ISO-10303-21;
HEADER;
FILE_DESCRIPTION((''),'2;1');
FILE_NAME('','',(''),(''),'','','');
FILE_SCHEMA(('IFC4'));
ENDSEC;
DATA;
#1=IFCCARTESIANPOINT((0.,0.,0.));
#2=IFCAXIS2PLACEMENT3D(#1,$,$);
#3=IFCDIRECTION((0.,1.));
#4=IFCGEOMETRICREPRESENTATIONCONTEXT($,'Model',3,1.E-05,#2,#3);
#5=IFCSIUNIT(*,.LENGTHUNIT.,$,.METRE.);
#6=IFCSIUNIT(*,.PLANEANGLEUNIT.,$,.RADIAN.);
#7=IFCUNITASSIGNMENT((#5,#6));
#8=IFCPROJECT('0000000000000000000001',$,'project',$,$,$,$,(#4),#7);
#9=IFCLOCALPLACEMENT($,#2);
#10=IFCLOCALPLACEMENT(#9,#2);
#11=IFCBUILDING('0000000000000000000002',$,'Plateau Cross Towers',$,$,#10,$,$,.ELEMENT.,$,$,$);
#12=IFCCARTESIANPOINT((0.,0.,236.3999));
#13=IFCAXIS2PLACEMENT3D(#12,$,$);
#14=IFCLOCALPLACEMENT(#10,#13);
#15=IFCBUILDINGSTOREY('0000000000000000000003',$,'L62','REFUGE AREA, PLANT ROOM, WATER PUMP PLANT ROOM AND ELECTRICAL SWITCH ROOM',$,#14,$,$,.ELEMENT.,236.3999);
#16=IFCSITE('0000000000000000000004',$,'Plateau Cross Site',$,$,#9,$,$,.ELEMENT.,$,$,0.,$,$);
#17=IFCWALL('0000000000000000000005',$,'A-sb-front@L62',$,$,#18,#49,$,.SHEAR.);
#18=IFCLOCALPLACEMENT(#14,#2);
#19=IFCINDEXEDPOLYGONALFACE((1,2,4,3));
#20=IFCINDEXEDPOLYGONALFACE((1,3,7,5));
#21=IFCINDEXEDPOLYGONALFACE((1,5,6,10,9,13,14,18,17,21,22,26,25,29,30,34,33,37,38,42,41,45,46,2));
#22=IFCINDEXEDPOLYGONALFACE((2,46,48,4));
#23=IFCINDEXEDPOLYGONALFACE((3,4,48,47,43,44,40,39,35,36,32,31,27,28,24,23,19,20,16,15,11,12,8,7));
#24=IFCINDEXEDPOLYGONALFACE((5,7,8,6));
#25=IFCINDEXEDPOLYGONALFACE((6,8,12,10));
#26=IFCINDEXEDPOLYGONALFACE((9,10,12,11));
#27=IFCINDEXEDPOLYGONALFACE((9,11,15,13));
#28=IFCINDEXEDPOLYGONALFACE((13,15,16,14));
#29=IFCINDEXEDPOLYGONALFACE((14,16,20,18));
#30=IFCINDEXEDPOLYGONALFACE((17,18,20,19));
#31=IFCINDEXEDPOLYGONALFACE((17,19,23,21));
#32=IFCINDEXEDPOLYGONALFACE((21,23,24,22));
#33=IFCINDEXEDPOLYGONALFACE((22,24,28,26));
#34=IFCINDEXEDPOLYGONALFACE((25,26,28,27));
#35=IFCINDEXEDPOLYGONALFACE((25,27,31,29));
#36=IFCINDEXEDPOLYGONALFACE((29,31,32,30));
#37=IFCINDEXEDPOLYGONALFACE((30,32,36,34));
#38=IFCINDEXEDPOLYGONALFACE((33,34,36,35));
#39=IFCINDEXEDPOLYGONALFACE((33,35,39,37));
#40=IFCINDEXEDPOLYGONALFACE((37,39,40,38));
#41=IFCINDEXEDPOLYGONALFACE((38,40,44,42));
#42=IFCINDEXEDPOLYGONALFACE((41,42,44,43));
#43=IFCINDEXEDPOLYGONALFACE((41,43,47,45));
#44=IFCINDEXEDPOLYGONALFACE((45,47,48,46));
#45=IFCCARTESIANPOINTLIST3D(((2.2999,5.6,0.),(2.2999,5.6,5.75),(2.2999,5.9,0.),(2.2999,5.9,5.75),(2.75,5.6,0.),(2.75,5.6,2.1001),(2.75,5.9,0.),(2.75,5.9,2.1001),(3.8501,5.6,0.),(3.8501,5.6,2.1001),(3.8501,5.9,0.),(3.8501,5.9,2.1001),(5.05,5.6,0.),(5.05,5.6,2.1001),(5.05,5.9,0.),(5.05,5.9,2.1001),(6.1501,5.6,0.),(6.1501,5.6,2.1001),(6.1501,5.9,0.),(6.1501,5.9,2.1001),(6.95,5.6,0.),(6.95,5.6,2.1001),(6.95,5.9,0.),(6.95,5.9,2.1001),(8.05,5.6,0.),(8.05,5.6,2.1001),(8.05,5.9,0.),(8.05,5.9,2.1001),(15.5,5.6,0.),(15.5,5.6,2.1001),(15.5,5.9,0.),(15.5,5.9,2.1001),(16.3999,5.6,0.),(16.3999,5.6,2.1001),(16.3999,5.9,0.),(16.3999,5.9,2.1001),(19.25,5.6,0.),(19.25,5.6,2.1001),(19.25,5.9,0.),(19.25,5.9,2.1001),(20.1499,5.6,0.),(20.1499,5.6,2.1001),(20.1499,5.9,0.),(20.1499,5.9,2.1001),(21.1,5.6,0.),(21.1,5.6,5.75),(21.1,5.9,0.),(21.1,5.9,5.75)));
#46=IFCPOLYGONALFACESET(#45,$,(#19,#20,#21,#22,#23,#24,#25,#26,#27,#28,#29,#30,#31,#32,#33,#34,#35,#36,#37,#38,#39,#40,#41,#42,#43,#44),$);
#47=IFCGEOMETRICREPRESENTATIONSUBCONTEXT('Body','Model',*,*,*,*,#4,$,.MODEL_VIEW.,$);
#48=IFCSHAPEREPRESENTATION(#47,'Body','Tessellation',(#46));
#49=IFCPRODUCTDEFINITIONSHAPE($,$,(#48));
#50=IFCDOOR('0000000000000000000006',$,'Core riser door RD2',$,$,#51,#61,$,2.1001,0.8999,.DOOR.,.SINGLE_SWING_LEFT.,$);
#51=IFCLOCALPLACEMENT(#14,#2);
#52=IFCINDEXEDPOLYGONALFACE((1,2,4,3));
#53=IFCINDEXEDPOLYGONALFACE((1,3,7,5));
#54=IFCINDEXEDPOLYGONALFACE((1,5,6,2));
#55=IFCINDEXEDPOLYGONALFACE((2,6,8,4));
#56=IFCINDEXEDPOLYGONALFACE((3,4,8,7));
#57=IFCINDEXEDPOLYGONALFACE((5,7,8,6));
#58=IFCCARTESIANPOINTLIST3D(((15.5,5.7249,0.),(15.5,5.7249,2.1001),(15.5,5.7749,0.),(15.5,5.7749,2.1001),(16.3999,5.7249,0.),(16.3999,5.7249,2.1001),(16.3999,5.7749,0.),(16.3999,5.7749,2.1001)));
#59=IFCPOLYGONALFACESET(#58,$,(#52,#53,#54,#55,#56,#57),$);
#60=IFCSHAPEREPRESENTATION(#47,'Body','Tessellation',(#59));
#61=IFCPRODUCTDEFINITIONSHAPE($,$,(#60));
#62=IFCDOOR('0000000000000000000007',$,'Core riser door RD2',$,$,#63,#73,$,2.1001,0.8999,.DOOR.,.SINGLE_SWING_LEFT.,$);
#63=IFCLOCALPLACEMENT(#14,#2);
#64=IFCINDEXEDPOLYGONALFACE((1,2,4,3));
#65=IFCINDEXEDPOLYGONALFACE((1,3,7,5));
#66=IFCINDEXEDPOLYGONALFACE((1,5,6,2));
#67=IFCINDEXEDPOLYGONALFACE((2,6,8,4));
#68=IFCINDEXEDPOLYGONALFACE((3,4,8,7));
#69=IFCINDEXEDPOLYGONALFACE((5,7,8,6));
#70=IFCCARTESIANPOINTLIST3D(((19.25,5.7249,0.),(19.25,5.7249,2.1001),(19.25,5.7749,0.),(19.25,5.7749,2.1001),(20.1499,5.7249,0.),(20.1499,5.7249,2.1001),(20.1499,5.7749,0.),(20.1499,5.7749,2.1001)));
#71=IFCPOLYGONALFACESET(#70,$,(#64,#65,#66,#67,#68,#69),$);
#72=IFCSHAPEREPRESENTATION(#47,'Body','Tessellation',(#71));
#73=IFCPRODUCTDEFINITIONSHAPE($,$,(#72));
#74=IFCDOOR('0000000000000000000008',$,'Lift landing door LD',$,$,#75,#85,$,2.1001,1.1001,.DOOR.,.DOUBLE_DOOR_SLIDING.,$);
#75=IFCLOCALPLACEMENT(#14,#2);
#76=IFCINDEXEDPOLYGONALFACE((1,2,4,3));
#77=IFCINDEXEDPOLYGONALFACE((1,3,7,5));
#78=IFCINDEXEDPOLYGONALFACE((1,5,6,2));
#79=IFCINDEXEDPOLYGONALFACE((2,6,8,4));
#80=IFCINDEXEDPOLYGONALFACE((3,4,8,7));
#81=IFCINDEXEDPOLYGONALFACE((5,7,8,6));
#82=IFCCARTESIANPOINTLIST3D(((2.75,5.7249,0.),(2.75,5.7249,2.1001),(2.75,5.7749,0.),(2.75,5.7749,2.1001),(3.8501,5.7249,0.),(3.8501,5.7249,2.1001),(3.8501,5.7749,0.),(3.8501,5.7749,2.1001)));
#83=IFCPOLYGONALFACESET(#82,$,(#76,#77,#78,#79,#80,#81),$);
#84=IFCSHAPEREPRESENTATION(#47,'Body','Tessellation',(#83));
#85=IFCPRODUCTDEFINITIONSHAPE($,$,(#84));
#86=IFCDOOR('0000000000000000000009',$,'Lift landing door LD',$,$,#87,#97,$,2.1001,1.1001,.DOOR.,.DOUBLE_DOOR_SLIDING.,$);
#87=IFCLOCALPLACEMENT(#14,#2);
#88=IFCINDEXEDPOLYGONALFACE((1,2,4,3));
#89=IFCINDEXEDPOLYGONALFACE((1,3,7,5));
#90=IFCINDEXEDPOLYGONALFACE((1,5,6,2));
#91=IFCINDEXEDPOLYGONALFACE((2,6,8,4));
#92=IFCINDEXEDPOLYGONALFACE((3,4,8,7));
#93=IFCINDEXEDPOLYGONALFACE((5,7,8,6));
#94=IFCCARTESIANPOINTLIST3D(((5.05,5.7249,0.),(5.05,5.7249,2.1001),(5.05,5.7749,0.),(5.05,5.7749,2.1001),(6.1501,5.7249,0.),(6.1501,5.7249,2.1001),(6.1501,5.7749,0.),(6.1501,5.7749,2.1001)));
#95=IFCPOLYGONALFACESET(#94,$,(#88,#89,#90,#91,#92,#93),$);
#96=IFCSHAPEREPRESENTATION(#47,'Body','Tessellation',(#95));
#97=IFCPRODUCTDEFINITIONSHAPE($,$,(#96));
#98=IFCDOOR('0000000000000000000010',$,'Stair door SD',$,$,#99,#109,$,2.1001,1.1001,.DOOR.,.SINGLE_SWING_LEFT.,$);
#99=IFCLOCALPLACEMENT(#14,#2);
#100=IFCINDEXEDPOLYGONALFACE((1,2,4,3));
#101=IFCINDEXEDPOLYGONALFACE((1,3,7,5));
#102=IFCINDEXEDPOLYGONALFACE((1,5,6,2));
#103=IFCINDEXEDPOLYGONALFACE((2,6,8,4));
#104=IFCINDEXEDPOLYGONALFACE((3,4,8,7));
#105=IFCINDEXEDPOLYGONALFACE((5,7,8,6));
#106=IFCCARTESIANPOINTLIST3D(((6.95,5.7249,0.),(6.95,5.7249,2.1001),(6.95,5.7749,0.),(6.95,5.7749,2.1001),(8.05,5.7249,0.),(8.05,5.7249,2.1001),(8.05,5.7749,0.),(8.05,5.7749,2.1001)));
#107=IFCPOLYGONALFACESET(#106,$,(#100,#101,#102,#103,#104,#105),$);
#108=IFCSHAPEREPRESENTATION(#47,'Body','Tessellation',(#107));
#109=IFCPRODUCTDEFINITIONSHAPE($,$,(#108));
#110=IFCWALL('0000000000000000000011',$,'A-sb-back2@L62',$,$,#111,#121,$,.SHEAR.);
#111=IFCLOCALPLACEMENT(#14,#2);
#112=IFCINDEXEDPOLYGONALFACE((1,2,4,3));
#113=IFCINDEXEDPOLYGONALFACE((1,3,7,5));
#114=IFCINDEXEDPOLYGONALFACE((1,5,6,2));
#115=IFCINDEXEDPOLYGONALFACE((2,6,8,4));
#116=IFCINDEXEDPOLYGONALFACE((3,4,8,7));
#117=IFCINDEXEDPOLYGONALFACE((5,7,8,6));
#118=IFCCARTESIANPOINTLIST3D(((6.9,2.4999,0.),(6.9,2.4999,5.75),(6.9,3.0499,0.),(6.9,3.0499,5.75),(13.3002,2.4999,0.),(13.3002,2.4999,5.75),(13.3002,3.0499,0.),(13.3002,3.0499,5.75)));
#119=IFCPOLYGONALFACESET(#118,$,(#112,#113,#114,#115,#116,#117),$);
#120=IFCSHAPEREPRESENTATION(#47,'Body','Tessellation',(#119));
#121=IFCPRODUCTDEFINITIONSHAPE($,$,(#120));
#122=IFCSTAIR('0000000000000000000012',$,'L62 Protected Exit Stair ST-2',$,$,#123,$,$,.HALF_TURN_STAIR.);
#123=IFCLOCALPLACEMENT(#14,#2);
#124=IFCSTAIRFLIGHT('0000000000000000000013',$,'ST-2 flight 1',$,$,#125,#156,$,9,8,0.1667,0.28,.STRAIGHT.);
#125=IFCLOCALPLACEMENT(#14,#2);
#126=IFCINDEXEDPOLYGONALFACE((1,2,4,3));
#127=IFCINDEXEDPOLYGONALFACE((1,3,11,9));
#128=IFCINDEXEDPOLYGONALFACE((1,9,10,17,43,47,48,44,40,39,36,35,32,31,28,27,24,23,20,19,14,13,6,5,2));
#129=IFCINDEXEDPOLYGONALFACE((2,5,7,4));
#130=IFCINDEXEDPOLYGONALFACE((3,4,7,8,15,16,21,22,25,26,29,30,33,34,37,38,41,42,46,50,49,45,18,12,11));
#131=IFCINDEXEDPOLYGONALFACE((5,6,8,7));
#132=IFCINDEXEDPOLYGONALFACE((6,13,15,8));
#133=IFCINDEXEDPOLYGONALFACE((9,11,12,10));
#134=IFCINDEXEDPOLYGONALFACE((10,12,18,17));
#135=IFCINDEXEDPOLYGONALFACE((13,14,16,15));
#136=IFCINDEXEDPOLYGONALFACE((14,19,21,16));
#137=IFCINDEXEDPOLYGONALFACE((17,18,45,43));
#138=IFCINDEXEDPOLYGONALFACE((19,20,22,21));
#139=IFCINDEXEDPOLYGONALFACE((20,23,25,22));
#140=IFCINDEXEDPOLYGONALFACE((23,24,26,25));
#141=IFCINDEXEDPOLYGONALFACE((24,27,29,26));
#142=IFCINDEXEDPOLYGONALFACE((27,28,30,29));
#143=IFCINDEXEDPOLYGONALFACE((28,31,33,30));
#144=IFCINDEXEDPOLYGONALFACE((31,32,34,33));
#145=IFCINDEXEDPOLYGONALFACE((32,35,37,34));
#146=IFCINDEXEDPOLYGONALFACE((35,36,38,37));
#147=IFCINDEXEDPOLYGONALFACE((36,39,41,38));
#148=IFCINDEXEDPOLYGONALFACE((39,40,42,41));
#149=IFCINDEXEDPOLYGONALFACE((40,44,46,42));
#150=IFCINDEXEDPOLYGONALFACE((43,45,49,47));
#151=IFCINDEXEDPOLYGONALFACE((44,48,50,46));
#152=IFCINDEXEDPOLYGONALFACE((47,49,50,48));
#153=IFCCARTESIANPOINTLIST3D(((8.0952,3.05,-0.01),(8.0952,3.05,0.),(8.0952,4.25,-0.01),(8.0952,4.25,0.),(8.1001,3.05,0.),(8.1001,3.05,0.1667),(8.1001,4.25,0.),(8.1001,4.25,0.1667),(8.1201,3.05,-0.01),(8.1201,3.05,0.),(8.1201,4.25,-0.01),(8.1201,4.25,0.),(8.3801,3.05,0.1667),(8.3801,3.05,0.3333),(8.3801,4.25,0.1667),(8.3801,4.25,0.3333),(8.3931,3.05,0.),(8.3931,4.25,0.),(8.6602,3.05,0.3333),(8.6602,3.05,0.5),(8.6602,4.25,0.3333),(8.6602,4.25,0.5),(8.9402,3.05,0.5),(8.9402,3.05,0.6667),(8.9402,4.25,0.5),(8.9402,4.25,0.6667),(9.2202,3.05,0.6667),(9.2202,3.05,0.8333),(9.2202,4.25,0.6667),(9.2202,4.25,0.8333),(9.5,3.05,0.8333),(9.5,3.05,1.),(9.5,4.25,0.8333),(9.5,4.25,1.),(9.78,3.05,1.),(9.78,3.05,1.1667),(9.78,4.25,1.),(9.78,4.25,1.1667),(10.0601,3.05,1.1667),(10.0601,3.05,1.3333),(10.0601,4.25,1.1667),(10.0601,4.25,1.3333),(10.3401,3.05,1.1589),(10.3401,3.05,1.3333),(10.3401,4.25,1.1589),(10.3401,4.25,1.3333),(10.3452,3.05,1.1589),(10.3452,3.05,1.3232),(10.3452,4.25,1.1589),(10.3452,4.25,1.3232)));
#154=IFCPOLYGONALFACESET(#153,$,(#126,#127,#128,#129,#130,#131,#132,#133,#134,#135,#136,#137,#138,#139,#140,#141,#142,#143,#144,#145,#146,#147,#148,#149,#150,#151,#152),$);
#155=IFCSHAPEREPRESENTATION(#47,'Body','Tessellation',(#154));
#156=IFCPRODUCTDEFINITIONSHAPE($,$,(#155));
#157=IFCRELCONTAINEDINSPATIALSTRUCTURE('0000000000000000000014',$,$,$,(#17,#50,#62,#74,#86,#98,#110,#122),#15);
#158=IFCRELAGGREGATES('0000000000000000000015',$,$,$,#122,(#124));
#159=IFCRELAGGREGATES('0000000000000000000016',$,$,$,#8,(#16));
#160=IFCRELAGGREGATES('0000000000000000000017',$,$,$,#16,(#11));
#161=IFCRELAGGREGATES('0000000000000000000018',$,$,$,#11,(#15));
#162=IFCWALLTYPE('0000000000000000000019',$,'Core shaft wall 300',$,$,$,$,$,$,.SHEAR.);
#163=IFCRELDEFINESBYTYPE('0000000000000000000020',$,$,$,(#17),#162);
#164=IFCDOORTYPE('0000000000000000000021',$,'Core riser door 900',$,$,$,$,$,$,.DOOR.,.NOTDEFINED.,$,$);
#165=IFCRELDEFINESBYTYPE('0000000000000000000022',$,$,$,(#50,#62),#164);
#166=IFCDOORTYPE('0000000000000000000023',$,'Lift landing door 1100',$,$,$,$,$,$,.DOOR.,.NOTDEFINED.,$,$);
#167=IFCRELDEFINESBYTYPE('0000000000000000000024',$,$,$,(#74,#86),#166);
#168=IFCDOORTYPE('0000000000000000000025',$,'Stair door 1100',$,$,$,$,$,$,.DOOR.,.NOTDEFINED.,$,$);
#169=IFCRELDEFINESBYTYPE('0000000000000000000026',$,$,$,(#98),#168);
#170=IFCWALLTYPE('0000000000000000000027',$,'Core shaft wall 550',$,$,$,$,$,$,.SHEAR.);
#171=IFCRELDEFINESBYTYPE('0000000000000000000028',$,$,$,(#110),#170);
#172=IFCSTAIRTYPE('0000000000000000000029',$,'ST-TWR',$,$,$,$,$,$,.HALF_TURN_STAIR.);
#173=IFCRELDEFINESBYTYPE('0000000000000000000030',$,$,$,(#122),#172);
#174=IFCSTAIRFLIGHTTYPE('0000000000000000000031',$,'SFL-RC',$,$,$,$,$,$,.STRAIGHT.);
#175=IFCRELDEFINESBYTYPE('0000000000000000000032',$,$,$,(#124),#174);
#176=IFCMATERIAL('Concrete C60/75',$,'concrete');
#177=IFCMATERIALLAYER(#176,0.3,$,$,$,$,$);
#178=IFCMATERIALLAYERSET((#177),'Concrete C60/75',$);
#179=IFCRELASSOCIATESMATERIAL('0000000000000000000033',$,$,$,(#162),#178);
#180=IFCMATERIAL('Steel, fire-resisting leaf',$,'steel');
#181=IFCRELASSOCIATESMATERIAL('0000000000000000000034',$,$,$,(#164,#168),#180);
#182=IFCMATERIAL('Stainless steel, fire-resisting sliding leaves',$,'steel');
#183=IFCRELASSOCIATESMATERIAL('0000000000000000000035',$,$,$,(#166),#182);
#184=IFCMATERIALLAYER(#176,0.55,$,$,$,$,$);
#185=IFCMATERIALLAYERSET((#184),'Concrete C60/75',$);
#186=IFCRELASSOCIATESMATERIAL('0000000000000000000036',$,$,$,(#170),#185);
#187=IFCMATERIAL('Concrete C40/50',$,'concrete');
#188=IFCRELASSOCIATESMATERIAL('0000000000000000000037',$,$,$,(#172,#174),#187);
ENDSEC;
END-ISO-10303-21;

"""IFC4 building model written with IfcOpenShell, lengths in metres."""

from ifc_helpers import new_model, si_unit, direction, frame, frame_2d, origin, place, context, subcontext, project, spatial, polyline, rectangle, outline, extrude, material, layer, layer_set, type_object, element, fill, aggregate, save


model = new_model("IFC4")

# Units and contexts
model_context = context("Model", 3, precision=1e-05, world=origin(), true_north=direction((0.0, 1.0)))
body_context = subcontext(model_context, "Body", "Model", "MODEL_VIEW")
ifc_project = project(units=[si_unit("LENGTHUNIT", "METRE"), si_unit("PLANEANGLEUNIT", "RADIAN")], contexts=[model_context])

# Site, building, storey
site_placement = place(None, origin())
site = spatial("IfcSite", under=ifc_project, at=site_placement, Name="Plateau Cross Site", CompositionType="ELEMENT", RefElevation=0.0)
building_placement = place(site_placement, origin())
building = spatial("IfcBuilding", under=site, at=building_placement, Name="Plateau Cross Towers", CompositionType="ELEMENT")
storey_placement = place(building_placement, frame((0.0, 0.0, 236.3999)))
storey = spatial("IfcBuildingStorey", under=building, at=storey_placement, Name="L62", Description="REFUGE AREA, PLANT ROOM, WATER PUMP PLANT ROOM AND ELECTRICAL SWITCH ROOM", CompositionType="ELEMENT", Elevation=236.3999)

# Shared definitions
ifc_material_1 = material(Name="Concrete C60/75", Category="concrete")

# Shared definitions
ifc_material_2 = material(Name="Steel, fire-resisting leaf", Category="steel")

# Shared definitions
ifc_layer_1 = layer(ifc_material_1, 0.3)
ifc_layer_set_1 = layer_set([ifc_layer_1], Name="Concrete C60/75")
wall_type_1 = type_object("IfcWallType", Name="Core shaft wall 300", PredefinedType="SHEAR", material=ifc_layer_set_1)

# Wall, openings, doors
wall_1_placement = place(storey_placement, frame((2.3, 5.75, 0.0), z_axis=(0.0, 0.0, 1.0), x_axis=(1.0, 0.0, 0.0)))
wall_1 = element("IfcWall", 1, at=wall_1_placement, inside=storey, type_object=wall_type_1, Name="A-sb-front@L62", PredefinedType="SHEAR", context=body_context, shape_type="SweptSolid", body=[
    extrude(rectangle(XDim=18.8, YDim=0.3, at=frame_2d((9.3999, 0.0))), origin(), (0.0, 0.0, 1.0), 5.75),
])
opening_1_placement = place(wall_1_placement, frame((4.6499, 0.0, 0.0)))
opening_1 = element("IfcOpeningElement", 2, at=opening_1_placement, cuts=wall_1, PredefinedType="OPENING", context=body_context, shape_type="SweptSolid", body=[
    extrude(rectangle(XDim=1.1001, YDim=2.1001, at=frame_2d((0.55, 1.05))), frame((0.0, 0.1599, 0.0), z_axis=(0.0, -1.0, 0.0), x_axis=(1.0, 0.0, 0.0)), (0.0, 0.0, 1.0), 0.3201),
])
opening_2_placement = place(wall_1_placement, frame((0.45, 0.0, 0.0)))
opening_2 = element("IfcOpeningElement", 3, at=opening_2_placement, cuts=wall_1, PredefinedType="OPENING", context=body_context, shape_type="SweptSolid", body=[
    extrude(rectangle(XDim=1.1001, YDim=2.1001, at=frame_2d((0.55, 1.05))), frame((0.0, 0.1599, 0.0), z_axis=(0.0, -1.0, 0.0), x_axis=(1.0, 0.0, 0.0)), (0.0, 0.0, 1.0), 0.3201),
])
opening_3_placement = place(wall_1_placement, frame((2.75, 0.0, 0.0)))
opening_3 = element("IfcOpeningElement", 4, at=opening_3_placement, cuts=wall_1, PredefinedType="OPENING", context=body_context, shape_type="SweptSolid", body=[
    extrude(rectangle(XDim=1.1001, YDim=2.1001, at=frame_2d((0.55, 1.05))), frame((0.0, 0.1599, 0.0), z_axis=(0.0, -1.0, 0.0), x_axis=(1.0, 0.0, 0.0)), (0.0, 0.0, 1.0), 0.3201),
])
opening_4_placement = place(wall_1_placement, frame((13.2, 0.0, 0.0)))
opening_4 = element("IfcOpeningElement", 5, at=opening_4_placement, cuts=wall_1, PredefinedType="OPENING", context=body_context, shape_type="SweptSolid", body=[
    extrude(rectangle(XDim=0.8999, YDim=2.1001, at=frame_2d((0.45, 1.05))), frame((0.0, 0.1599, 0.0), z_axis=(0.0, -1.0, 0.0), x_axis=(1.0, 0.0, 0.0)), (0.0, 0.0, 1.0), 0.3201),
])
opening_5_placement = place(wall_1_placement, frame((16.95, 0.0, 0.0)))
opening_5 = element("IfcOpeningElement", 6, at=opening_5_placement, cuts=wall_1, PredefinedType="OPENING", context=body_context, shape_type="SweptSolid", body=[
    extrude(rectangle(XDim=0.8999, YDim=2.1001, at=frame_2d((0.45, 1.05))), frame((0.0, 0.1599, 0.0), z_axis=(0.0, -1.0, 0.0), x_axis=(1.0, 0.0, 0.0)), (0.0, 0.0, 1.0), 0.3201),
])
door_type_1 = type_object("IfcDoorType", Name="Core riser door 900", OperationType="NOTDEFINED", PredefinedType="DOOR", material=ifc_material_2)
door_1_placement = place(opening_4_placement, origin())
door_1 = element("IfcDoor", 7, at=door_1_placement, inside=storey, type_object=door_type_1, Name="Core riser door RD2", OperationType="SINGLE_SWING_LEFT", OverallHeight=2.1001, OverallWidth=0.8999, PredefinedType="DOOR", context=body_context, shape_type="SweptSolid", body=[
    extrude(rectangle(XDim=0.8999, YDim=2.1001, at=frame_2d((0.45, 1.05))), frame((0.0, 0.0249, 0.0), z_axis=(0.0, -1.0, 0.0), x_axis=(1.0, 0.0, 0.0)), (0.0, 0.0, 1.0), 0.05),
])
fill(opening_4, door_1)
door_2_placement = place(opening_5_placement, origin())
door_2 = element("IfcDoor", 8, at=door_2_placement, inside=storey, type_object=door_type_1, Name="Core riser door RD2", OperationType="SINGLE_SWING_LEFT", OverallHeight=2.1001, OverallWidth=0.8999, PredefinedType="DOOR", context=body_context, shape_type="SweptSolid", body=[
    extrude(rectangle(XDim=0.8999, YDim=2.1001, at=frame_2d((0.45, 1.05))), frame((0.0, 0.0249, 0.0), z_axis=(0.0, -1.0, 0.0), x_axis=(1.0, 0.0, 0.0)), (0.0, 0.0, 1.0), 0.05),
])
fill(opening_5, door_2)
ifc_material_3 = material(Name="Stainless steel, fire-resisting sliding leaves", Category="steel")
door_type_2 = type_object("IfcDoorType", Name="Lift landing door 1100", OperationType="NOTDEFINED", PredefinedType="DOOR", material=ifc_material_3)
door_3_placement = place(opening_2_placement, origin())
door_3 = element("IfcDoor", 9, at=door_3_placement, inside=storey, type_object=door_type_2, Name="Lift landing door LD", OperationType="DOUBLE_DOOR_SLIDING", OverallHeight=2.1001, OverallWidth=1.1001, PredefinedType="DOOR", context=body_context, shape_type="SweptSolid", body=[
    extrude(rectangle(XDim=1.1001, YDim=2.1001, at=frame_2d((0.55, 1.05))), frame((0.0, 0.0249, 0.0), z_axis=(0.0, -1.0, 0.0), x_axis=(1.0, 0.0, 0.0)), (0.0, 0.0, 1.0), 0.05),
])
fill(opening_2, door_3)
door_4_placement = place(opening_3_placement, origin())
door_4 = element("IfcDoor", 10, at=door_4_placement, inside=storey, type_object=door_type_2, Name="Lift landing door LD", OperationType="DOUBLE_DOOR_SLIDING", OverallHeight=2.1001, OverallWidth=1.1001, PredefinedType="DOOR", context=body_context, shape_type="SweptSolid", body=[
    extrude(rectangle(XDim=1.1001, YDim=2.1001, at=frame_2d((0.55, 1.05))), frame((0.0, 0.0249, 0.0), z_axis=(0.0, -1.0, 0.0), x_axis=(1.0, 0.0, 0.0)), (0.0, 0.0, 1.0), 0.05),
])
fill(opening_3, door_4)
door_type_3 = type_object("IfcDoorType", Name="Stair door 1100", OperationType="NOTDEFINED", PredefinedType="DOOR", material=ifc_material_2)
door_5_placement = place(opening_1_placement, origin())
door_5 = element("IfcDoor", 11, at=door_5_placement, inside=storey, type_object=door_type_3, Name="Stair door SD", OperationType="SINGLE_SWING_LEFT", OverallHeight=2.1001, OverallWidth=1.1001, PredefinedType="DOOR", context=body_context, shape_type="SweptSolid", body=[
    extrude(rectangle(XDim=1.1001, YDim=2.1001, at=frame_2d((0.55, 1.05))), frame((0.0, 0.0249, 0.0), z_axis=(0.0, -1.0, 0.0), x_axis=(1.0, 0.0, 0.0)), (0.0, 0.0, 1.0), 0.05),
])
fill(opening_1, door_5)

# Wall
ifc_layer_2 = layer(ifc_material_1, 0.55)
ifc_layer_set_2 = layer_set([ifc_layer_2], Name="Concrete C60/75")
wall_type_2 = type_object("IfcWallType", Name="Core shaft wall 550", PredefinedType="SHEAR", material=ifc_layer_set_2)
wall_2_placement = place(storey_placement, frame((6.8999, 2.7749, 0.0), z_axis=(0.0, 0.0, 1.0), x_axis=(1.0, 0.0, 0.0)))
element("IfcWall", 12, at=wall_2_placement, inside=storey, type_object=wall_type_2, Name="A-sb-back2@L62", PredefinedType="SHEAR", context=body_context, shape_type="SweptSolid", body=[
    extrude(rectangle(XDim=6.4001, YDim=0.55, at=frame_2d((3.2002, 0.0))), origin(), (0.0, 0.0, 1.0), 5.75),
])

# Stair, stair flight
ifc_material_4 = material(Name="Concrete C40/50", Category="concrete")
stair_type = type_object("IfcStairType", Name="ST-TWR", PredefinedType="HALF_TURN_STAIR", material=ifc_material_4)
stair_placement = place(storey_placement, origin())
stair = element("IfcStair", 13, at=stair_placement, inside=storey, type_object=stair_type, Name="L62 Protected Exit Stair ST-2", PredefinedType="HALF_TURN_STAIR")
stair_flight_type = type_object("IfcStairFlightType", Name="SFL-RC", PredefinedType="STRAIGHT", material=ifc_material_4)
stair_flight_1_placement = place(storey_placement, frame((8.1001, 3.6499, 0.0), z_axis=(0.0, 0.0, 1.0), x_axis=(1.0, 0.0, 0.0)))
stair_flight_1 = element("IfcStairFlight", 14, at=stair_flight_1_placement, type_object=stair_flight_type, Name="ST-2 flight 1", NumberOfRisers=9, NumberOfTreads=8, PredefinedType="STRAIGHT", RiserHeight=0.1667, TreadLength=0.28, context=body_context, shape_type="SweptSolid", body=[
    extrude(outline(polyline([(-0.0049, -0.01), (-0.0049, 0.0), (0.0, 0.0), (0.0, 0.1667), (0.28, 0.1667), (0.28, 0.3333), (0.5601, 0.3333), (0.5601, 0.5), (0.8401, 0.5), (0.8401, 0.6667), (1.1201, 0.6667), (1.1201, 0.8333), (1.3999, 0.8333), (1.3999, 1.0), (1.6799, 1.0), (1.6799, 1.1667), (1.96, 1.1667), (1.96, 1.3333), (2.24, 1.3333), (2.2451, 1.3232), (2.2451, 1.1589), (2.24, 1.1589), (0.293, 0.0), (0.02, 0.0), (0.02, -0.01), (-0.0049, -0.01)])), frame((0.0, 0.6001, 0.0), z_axis=(0.0, -1.0, 0.0), x_axis=(1.0, 0.0, 0.0)), (0.0, 0.0, 1.0), 1.2),
])
aggregate(stair, [stair_flight_1])

save(model, "model.ifc")
